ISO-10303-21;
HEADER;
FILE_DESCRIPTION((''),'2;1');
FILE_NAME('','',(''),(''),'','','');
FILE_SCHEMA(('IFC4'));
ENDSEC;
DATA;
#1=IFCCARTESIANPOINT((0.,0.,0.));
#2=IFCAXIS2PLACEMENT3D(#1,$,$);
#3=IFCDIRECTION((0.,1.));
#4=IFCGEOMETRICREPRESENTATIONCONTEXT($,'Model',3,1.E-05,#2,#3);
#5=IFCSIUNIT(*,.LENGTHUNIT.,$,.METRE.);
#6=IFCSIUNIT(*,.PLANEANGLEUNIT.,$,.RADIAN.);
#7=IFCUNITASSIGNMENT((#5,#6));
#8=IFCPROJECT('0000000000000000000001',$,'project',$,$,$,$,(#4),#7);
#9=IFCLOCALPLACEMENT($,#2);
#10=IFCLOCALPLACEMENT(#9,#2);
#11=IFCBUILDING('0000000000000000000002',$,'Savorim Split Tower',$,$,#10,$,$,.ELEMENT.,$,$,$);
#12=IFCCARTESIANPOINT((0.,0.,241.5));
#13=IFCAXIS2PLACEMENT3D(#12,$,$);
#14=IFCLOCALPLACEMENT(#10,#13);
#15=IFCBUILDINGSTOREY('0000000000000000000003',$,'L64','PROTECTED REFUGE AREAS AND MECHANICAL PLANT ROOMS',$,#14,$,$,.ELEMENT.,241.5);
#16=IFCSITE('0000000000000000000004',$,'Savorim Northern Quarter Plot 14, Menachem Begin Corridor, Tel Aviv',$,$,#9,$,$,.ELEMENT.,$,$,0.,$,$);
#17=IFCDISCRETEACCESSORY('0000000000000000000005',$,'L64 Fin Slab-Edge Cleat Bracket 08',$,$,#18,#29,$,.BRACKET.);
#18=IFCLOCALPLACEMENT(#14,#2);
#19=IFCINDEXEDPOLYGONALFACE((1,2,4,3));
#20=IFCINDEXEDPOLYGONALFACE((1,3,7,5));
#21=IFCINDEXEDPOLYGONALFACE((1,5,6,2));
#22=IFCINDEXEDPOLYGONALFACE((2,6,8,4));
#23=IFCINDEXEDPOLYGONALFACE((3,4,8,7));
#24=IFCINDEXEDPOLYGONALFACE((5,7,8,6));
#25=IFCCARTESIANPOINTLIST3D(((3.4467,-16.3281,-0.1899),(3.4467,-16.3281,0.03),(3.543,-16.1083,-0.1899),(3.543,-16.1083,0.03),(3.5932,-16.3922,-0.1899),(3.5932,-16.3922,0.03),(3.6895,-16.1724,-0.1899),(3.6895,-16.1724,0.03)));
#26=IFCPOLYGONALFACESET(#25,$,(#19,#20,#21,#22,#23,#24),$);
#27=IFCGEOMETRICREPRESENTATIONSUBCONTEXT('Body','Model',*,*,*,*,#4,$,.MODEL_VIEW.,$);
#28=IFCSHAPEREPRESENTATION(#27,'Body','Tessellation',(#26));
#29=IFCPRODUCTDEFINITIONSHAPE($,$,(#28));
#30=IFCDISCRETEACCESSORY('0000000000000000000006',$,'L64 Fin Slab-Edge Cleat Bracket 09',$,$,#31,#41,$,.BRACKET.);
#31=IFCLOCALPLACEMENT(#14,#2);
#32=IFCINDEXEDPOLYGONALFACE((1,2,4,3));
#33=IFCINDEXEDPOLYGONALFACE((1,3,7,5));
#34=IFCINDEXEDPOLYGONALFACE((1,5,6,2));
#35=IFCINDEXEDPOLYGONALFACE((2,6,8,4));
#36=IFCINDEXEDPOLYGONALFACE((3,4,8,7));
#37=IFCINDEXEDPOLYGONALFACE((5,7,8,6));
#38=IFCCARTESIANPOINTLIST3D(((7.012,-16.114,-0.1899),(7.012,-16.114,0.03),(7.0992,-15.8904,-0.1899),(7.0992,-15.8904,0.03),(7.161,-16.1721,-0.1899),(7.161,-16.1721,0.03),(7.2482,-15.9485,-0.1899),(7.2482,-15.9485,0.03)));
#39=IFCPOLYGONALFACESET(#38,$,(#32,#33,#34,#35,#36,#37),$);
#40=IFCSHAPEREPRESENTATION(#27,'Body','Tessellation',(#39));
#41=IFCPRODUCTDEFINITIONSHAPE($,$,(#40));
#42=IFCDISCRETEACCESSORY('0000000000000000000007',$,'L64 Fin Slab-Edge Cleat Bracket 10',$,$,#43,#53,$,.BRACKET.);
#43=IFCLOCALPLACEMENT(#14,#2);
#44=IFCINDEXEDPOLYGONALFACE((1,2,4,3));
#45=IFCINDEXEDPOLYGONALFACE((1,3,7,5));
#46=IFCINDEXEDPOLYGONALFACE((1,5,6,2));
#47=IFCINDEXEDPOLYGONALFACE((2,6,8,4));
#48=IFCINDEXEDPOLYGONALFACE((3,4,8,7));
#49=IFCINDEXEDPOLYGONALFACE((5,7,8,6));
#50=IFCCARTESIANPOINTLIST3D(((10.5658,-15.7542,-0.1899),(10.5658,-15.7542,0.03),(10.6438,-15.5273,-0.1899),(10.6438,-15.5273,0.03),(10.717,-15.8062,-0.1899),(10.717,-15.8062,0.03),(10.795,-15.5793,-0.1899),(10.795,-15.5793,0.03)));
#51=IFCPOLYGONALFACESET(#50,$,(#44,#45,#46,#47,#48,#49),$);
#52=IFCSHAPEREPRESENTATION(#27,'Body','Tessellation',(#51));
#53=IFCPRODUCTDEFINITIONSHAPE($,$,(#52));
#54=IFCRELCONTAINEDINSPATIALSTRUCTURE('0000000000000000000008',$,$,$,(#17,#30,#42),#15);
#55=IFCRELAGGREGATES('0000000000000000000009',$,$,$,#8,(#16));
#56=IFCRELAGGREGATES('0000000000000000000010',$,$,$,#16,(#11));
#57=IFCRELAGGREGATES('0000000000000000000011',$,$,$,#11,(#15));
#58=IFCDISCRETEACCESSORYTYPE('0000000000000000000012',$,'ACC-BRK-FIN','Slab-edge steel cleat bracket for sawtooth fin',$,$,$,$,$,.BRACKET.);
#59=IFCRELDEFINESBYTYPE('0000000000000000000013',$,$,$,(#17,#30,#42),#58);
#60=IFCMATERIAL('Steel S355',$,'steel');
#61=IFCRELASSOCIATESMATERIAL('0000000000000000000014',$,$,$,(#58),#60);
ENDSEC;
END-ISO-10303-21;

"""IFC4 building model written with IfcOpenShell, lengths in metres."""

from ifc_helpers import new_model, si_unit, direction, frame, origin, origin_2d, place, context, subcontext, project, spatial, rectangle, extrude, material, type_object, element, save


model = new_model("IFC4")

# Units and contexts
model_context = context("Model", 3, precision=1e-05, world=origin(), true_north=direction((0.0, 1.0)))
body_context = subcontext(model_context, "Body", "Model", "MODEL_VIEW")
ifc_project = project(units=[si_unit("LENGTHUNIT", "METRE"), si_unit("PLANEANGLEUNIT", "RADIAN")], contexts=[model_context])

# Site, building, storey
site_placement = place(None, origin())
site = spatial("IfcSite", under=ifc_project, at=site_placement, Name="Savorim Northern Quarter Plot 14, Menachem Begin Corridor, Tel Aviv", CompositionType="ELEMENT", RefElevation=0.0)
building_placement = place(site_placement, origin())
building = spatial("IfcBuilding", under=site, at=building_placement, Name="Savorim Split Tower", CompositionType="ELEMENT")
storey_placement = place(building_placement, frame((0.0, 0.0, 241.5)))
storey = spatial("IfcBuildingStorey", under=building, at=storey_placement, Name="L64", Description="PROTECTED REFUGE AREAS AND MECHANICAL PLANT ROOMS", CompositionType="ELEMENT", Elevation=241.5)

# Shared definitions
ifc_material_1 = material(Name="Steel S355", Category="steel")

# Discrete accessories
discrete_accessory_type = type_object("IfcDiscreteAccessoryType", Name="ACC-BRK-FIN", Description="Slab-edge steel cleat bracket for sawtooth fin", PredefinedType="BRACKET", material=ifc_material_1)
for number, where, z_axis, x_axis, name in (
    (1, (3.5681, -16.2502, -0.1899), (0.0, 0.0, 1.0), (-0.40123, -0.915977, 0.0), "L64 Fin Slab-Edge Cleat Bracket 08"),
    (2, (7.1301, -16.0312, -0.1899), (0.0, 0.0, 1.0), (-0.363415, -0.931627, 0.0), "L64 Fin Slab-Edge Cleat Bracket 09"),
    (3, (10.6804, -15.6667, -0.1899), (0.0, 0.0, 1.0), (-0.324994, -0.945716, 0.0), "L64 Fin Slab-Edge Cleat Bracket 10"),
):
    element("IfcDiscreteAccessory", number, at=place(storey_placement, frame(where, z_axis=z_axis, x_axis=x_axis)), inside=storey, type_object=discrete_accessory_type, Name=name, PredefinedType="BRACKET", context=body_context, shape_type="SweptSolid", body=[
        extrude(rectangle(XDim=0.24, YDim=0.1599, at=origin_2d()), origin(), (0.0, 0.0, 1.0), 0.22),
    ])

save(model, "model.ifc")
